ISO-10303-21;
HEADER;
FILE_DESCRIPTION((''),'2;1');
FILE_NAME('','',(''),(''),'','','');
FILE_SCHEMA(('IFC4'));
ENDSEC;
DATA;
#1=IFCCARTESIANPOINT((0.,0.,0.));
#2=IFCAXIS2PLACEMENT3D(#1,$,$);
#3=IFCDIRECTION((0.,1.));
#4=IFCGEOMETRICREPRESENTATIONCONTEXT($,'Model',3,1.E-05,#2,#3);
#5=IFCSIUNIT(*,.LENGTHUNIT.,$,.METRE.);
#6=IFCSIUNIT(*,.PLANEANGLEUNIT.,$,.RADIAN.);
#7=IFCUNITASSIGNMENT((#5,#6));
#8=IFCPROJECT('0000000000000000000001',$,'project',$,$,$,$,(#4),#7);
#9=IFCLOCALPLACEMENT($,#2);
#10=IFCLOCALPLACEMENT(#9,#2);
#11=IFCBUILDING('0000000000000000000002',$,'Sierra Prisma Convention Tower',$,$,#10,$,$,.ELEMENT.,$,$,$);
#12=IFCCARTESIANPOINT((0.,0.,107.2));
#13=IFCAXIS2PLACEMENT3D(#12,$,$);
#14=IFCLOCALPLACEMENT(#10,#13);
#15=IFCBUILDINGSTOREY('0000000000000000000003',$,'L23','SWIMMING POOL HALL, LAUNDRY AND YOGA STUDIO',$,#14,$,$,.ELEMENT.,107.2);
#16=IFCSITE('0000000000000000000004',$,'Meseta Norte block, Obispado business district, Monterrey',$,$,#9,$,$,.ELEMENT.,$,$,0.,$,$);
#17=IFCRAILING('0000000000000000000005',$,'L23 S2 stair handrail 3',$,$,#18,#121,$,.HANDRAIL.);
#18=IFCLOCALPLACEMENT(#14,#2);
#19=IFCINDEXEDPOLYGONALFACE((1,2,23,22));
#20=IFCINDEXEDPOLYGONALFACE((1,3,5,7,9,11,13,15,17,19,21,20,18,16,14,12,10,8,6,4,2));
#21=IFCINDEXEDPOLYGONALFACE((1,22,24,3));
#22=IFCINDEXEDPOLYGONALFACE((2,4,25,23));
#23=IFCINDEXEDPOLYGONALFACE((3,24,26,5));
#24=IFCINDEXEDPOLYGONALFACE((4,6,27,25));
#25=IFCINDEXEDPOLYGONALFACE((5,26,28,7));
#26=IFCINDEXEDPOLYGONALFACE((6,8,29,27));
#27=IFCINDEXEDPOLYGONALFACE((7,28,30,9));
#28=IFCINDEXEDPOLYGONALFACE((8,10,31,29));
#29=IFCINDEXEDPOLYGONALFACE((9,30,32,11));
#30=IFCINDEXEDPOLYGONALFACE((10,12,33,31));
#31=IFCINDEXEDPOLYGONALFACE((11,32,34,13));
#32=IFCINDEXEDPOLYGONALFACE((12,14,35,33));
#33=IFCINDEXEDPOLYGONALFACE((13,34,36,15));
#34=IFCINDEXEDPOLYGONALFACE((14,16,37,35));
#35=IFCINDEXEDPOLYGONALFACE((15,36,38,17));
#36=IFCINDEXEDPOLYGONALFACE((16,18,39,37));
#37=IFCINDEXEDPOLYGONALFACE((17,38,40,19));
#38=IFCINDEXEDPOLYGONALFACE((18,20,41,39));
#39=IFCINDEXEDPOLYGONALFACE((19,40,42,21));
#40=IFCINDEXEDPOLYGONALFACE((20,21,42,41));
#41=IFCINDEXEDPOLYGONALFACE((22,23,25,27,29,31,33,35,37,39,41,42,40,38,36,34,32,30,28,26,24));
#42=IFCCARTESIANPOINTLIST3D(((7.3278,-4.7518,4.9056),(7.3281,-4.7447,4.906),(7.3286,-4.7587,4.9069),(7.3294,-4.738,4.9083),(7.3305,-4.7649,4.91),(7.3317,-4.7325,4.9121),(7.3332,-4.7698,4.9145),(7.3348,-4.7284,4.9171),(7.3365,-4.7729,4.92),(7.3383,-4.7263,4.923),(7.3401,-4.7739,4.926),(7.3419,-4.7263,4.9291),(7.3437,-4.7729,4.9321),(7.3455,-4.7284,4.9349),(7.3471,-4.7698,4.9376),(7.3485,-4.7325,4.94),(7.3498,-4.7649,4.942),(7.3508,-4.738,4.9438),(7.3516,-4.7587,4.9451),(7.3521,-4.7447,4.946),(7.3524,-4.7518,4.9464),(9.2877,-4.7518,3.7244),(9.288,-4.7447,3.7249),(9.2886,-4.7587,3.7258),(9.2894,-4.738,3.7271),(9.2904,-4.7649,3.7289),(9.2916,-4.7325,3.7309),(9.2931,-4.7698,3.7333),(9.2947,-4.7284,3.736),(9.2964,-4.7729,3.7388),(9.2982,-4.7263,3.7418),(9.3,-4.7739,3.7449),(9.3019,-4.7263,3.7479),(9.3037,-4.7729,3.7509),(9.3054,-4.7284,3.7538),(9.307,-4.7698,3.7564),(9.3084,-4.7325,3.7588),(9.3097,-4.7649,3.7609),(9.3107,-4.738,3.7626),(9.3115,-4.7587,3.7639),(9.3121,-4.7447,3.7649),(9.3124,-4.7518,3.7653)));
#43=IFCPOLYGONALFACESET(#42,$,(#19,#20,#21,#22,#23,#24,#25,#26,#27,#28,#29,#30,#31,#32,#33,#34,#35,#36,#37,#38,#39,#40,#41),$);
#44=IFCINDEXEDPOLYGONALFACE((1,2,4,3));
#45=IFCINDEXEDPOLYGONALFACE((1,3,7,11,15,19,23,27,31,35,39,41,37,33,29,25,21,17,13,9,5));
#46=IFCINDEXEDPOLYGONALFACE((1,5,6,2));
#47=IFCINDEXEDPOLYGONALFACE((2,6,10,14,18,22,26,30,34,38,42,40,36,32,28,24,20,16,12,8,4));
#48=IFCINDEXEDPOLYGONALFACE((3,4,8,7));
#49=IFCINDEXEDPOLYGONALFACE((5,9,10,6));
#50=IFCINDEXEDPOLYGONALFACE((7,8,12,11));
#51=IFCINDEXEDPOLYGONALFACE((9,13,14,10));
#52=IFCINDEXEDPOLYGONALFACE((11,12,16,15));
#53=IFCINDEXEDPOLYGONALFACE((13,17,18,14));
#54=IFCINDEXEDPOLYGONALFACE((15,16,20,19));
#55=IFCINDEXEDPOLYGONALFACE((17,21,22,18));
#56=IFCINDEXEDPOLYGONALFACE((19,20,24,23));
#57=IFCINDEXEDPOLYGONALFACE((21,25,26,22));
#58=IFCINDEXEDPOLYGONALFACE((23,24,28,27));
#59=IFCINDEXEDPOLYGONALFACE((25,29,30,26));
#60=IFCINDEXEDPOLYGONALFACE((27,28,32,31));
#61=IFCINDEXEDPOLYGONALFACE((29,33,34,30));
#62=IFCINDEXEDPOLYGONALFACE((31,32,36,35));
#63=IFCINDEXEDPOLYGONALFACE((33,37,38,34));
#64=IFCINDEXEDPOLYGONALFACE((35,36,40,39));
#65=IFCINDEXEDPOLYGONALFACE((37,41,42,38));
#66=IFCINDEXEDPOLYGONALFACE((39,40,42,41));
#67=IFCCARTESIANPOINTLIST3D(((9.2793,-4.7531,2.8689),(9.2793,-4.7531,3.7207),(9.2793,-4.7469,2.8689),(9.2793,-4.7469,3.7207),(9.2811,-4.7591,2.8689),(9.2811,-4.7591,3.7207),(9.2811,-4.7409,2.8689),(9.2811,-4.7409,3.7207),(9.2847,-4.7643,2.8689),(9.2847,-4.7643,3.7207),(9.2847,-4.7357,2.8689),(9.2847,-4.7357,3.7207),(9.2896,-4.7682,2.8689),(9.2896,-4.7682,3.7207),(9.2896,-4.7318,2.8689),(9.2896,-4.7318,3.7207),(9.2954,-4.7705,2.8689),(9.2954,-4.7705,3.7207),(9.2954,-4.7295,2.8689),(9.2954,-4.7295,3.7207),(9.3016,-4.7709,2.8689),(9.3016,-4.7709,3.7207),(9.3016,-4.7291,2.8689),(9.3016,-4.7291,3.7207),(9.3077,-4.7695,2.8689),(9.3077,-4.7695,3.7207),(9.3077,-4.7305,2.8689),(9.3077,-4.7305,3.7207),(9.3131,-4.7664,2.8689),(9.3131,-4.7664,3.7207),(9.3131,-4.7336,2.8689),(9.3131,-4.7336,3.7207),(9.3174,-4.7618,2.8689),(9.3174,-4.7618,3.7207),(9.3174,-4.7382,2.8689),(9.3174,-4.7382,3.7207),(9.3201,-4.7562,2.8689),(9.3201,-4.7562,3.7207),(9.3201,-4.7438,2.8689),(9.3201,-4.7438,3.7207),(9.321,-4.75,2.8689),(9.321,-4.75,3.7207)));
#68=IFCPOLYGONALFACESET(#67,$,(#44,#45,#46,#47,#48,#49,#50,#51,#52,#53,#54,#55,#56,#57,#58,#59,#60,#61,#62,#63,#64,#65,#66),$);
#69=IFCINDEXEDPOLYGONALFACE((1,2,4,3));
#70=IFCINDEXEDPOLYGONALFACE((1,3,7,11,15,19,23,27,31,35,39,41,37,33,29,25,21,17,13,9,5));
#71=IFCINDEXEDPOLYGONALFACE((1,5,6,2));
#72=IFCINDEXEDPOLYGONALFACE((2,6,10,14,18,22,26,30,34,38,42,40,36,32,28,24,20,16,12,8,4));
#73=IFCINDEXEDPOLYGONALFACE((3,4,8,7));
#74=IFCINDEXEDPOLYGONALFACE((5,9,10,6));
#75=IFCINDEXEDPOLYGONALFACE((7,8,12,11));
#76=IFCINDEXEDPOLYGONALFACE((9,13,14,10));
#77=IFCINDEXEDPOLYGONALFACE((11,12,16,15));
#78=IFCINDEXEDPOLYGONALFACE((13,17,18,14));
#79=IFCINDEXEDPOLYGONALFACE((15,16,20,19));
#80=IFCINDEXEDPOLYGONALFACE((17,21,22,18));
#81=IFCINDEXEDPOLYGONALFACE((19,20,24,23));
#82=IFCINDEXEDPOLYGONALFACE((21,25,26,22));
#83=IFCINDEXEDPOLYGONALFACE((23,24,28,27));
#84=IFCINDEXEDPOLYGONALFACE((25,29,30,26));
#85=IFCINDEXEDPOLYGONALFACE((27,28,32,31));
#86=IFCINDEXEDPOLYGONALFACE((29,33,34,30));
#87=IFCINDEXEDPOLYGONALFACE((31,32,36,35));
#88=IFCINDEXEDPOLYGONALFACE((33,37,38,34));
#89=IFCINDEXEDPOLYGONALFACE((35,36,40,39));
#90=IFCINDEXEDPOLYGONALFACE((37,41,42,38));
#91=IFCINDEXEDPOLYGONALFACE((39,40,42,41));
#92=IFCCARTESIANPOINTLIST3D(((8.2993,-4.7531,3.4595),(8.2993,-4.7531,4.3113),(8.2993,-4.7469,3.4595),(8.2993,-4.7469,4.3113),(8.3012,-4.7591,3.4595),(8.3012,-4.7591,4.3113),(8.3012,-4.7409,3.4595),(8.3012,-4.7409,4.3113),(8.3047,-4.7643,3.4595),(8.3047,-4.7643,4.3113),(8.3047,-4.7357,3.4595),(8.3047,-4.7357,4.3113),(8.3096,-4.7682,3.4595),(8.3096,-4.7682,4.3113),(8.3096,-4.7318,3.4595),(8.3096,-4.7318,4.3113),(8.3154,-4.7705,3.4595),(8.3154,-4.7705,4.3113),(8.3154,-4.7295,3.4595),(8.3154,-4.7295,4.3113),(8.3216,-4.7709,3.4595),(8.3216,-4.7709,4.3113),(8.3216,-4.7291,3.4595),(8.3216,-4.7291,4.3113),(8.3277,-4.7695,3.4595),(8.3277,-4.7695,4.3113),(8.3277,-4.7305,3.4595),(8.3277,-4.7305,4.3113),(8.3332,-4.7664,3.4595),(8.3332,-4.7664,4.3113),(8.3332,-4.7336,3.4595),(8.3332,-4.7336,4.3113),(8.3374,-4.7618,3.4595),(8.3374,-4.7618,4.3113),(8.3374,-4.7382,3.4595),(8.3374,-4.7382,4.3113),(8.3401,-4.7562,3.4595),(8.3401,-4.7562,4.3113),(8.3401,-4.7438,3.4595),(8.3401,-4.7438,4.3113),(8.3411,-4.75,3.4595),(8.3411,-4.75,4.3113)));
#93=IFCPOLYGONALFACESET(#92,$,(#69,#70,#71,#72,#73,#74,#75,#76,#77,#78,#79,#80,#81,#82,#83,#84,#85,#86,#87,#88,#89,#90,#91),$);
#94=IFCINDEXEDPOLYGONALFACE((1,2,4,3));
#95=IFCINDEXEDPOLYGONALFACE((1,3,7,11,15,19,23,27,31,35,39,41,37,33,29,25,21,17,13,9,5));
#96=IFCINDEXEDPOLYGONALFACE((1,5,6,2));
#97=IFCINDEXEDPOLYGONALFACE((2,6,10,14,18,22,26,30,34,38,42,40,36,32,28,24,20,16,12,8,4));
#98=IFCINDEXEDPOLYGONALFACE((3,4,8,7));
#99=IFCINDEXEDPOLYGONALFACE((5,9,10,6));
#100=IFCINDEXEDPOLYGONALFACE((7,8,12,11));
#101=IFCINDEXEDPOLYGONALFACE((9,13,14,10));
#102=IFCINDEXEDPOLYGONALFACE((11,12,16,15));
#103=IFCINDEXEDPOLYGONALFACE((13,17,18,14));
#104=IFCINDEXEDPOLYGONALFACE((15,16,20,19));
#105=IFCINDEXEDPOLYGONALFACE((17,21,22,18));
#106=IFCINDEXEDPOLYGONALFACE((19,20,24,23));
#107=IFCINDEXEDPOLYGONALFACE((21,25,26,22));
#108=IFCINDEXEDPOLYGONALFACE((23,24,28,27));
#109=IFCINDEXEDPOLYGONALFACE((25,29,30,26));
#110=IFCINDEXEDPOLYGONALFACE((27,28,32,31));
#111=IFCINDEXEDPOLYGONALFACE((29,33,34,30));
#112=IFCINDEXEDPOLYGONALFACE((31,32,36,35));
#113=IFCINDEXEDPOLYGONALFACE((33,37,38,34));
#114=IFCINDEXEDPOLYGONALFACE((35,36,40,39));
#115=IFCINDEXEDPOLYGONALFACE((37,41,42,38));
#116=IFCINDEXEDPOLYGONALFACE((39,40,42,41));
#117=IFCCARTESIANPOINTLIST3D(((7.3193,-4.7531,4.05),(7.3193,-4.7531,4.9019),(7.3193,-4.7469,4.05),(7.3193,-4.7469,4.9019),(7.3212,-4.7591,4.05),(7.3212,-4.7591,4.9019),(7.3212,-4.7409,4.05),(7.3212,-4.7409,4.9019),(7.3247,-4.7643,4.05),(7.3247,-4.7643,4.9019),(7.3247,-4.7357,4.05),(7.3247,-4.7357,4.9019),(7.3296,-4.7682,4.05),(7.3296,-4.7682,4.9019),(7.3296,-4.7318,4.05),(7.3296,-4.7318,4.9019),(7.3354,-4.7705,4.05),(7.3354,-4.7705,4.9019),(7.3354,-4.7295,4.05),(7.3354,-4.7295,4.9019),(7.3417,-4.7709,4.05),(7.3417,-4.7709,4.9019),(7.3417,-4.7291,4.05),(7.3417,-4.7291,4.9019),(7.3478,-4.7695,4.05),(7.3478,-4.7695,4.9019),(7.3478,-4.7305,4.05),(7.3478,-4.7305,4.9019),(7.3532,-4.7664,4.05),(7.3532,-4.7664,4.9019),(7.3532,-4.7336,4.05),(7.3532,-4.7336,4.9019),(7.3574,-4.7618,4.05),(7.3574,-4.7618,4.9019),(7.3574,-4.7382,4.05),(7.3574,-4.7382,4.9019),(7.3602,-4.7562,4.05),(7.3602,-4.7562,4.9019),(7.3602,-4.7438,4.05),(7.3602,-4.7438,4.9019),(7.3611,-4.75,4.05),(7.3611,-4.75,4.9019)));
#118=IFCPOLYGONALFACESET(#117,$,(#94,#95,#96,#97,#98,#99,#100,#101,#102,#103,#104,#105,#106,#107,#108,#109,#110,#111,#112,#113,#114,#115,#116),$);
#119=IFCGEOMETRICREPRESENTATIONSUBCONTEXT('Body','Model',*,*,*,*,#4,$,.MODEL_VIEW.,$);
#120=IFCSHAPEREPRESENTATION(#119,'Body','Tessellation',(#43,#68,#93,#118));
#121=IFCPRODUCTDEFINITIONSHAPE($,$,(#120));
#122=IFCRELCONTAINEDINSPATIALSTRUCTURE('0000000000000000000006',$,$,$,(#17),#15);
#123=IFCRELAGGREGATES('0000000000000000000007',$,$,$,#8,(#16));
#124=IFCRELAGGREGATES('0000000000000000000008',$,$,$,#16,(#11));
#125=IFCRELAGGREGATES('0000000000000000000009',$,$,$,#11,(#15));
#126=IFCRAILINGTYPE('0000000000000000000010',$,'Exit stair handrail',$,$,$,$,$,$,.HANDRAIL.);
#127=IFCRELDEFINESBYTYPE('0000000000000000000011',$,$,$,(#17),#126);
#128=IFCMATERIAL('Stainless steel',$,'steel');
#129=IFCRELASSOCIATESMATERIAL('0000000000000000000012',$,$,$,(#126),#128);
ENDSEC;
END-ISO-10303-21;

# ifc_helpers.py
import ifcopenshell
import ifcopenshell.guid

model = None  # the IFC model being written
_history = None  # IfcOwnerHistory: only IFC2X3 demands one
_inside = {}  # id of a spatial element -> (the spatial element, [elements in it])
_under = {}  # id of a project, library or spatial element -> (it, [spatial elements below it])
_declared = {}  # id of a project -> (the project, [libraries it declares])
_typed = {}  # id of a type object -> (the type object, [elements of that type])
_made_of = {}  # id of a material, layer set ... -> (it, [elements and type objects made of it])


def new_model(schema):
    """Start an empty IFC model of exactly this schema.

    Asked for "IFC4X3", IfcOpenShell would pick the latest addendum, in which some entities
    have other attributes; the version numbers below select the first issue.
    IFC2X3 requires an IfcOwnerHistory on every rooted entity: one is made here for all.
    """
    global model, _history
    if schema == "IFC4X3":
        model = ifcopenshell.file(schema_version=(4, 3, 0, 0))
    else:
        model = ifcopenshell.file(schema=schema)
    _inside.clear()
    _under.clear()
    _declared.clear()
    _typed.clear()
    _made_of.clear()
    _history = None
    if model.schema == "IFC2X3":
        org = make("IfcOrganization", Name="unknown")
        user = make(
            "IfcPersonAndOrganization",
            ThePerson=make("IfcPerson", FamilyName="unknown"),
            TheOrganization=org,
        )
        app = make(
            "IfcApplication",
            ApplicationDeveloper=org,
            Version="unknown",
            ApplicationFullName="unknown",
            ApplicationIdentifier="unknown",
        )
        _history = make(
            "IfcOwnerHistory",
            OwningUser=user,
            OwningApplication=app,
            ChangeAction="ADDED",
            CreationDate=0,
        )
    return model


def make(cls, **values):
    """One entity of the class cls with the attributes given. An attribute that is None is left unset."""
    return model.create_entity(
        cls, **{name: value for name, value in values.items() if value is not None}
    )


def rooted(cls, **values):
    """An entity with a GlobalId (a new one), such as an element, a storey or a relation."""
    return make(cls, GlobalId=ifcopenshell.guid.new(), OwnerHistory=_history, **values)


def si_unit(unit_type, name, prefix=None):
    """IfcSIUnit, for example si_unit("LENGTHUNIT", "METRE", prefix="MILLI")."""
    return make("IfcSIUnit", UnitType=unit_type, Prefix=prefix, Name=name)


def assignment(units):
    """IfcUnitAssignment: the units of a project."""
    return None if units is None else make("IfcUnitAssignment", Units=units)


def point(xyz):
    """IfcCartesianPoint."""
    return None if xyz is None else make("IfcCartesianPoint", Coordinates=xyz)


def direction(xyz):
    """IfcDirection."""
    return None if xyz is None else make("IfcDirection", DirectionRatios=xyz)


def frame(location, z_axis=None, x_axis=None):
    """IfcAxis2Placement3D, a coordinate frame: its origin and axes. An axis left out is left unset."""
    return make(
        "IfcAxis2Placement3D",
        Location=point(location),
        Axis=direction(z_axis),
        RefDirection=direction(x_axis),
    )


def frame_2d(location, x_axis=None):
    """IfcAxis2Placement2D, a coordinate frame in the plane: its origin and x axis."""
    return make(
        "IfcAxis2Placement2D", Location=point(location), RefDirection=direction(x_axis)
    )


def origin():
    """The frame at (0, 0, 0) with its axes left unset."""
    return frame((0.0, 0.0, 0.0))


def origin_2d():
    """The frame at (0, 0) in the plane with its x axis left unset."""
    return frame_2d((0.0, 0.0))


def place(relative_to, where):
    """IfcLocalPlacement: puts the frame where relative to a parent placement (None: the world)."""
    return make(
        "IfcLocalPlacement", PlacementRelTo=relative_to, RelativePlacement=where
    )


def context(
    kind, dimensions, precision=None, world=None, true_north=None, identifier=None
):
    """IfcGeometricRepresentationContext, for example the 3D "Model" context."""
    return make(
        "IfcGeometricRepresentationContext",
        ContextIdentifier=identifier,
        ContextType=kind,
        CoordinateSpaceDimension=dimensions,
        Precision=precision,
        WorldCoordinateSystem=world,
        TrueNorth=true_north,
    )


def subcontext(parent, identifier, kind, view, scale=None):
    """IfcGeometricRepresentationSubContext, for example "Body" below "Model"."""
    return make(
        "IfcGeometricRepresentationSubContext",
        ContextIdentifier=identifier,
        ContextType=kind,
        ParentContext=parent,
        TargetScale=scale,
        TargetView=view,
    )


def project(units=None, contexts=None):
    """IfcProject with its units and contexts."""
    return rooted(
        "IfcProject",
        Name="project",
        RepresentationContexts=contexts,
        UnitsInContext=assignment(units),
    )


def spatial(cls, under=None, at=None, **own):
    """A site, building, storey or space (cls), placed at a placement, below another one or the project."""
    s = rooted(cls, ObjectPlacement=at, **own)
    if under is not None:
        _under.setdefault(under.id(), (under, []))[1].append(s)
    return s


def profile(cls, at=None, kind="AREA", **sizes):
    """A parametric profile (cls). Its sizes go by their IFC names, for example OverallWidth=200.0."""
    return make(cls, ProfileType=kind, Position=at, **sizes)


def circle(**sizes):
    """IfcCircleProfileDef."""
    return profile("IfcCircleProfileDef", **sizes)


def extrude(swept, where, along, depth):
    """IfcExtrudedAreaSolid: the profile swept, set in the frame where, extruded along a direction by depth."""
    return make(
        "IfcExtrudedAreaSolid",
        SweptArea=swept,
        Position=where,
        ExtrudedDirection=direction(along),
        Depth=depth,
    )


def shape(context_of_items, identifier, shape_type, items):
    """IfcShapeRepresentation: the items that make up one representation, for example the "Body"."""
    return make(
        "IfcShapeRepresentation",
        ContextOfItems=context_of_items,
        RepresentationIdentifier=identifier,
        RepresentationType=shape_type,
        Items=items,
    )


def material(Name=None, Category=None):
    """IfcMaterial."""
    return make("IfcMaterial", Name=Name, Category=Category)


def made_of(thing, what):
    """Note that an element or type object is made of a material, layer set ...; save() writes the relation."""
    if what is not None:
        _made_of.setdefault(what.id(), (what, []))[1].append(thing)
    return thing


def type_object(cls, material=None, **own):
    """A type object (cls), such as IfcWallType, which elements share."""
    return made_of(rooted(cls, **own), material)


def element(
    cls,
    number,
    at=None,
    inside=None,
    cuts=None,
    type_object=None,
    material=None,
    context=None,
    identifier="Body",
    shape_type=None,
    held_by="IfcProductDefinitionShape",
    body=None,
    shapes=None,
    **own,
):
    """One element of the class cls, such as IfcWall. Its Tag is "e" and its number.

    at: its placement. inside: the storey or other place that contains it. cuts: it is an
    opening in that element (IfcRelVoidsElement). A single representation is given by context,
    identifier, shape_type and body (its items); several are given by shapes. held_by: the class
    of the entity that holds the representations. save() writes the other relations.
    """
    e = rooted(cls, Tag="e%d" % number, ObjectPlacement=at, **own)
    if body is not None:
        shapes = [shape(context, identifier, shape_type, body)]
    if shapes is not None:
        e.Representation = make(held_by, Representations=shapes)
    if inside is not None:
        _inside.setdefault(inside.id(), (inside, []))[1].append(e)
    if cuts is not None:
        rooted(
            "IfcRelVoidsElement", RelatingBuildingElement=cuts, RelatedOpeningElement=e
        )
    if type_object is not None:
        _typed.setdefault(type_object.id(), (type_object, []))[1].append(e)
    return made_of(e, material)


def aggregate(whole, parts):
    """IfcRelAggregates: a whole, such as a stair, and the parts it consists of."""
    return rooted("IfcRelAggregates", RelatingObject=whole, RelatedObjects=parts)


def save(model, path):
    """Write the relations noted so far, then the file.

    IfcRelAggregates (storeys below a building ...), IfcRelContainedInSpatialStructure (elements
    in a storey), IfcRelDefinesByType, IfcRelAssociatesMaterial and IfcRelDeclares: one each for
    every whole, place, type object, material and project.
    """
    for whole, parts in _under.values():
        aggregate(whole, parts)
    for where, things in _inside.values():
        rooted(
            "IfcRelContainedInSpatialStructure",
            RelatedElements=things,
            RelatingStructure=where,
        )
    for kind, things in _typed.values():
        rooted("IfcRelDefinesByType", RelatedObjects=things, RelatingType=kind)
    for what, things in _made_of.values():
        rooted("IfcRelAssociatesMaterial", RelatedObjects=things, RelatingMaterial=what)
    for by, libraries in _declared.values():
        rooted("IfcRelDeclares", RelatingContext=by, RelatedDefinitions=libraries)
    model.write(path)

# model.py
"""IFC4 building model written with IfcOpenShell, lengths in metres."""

from ifc_helpers import new_model, si_unit, direction, frame, origin, origin_2d, place, context, subcontext, project, spatial, circle, extrude, material, type_object, element, save


model = new_model("IFC4")

# Units and contexts
model_context = context("Model", 3, precision=1e-05, world=origin(), true_north=direction((0.0, 1.0)))
body_context = subcontext(model_context, "Body", "Model", "MODEL_VIEW")
ifc_project = project(units=[si_unit("LENGTHUNIT", "METRE"), si_unit("PLANEANGLEUNIT", "RADIAN")], contexts=[model_context])

# Site, building, storey
site_placement = place(None, origin())
site = spatial("IfcSite", under=ifc_project, at=site_placement, Name="Meseta Norte block, Obispado business district, Monterrey", CompositionType="ELEMENT", RefElevation=0.0)
building_placement = place(site_placement, origin())
building = spatial("IfcBuilding", under=site, at=building_placement, Name="Sierra Prisma Convention Tower", CompositionType="ELEMENT")
storey_placement = place(building_placement, frame((0.0, 0.0, 107.2)))
storey = spatial("IfcBuildingStorey", under=building, at=storey_placement, Name="L23", Description="SWIMMING POOL HALL, LAUNDRY AND YOGA STUDIO", CompositionType="ELEMENT", Elevation=107.2)

# Railing
ifc_material_1 = material(Name="Stainless steel", Category="steel")
railing_type_1 = type_object("IfcRailingType", Name="Exit stair handrail", PredefinedType="HANDRAIL", material=ifc_material_1)
railing_1_placement = place(storey_placement, frame((9.3, -4.75, 2.8689)))
element("IfcRailing", 1, at=railing_1_placement, inside=storey, type_object=railing_type_1, Name="L23 S2 stair handrail 3", PredefinedType="HANDRAIL", context=body_context, shape_type="SweptSolid", body=[
    extrude(circle(Radius=0.0239, at=origin_2d()), frame((0.0, 0.0, 0.876), z_axis=(-0.856493, 0.0, 0.516158), x_axis=(0.0, -1.0, 0.0)), (0.0, 0.0, 1.0), 2.2883),
    extrude(circle(Radius=0.021, at=origin_2d()), origin(), (0.0, 0.0, 1.0), 0.8518),
    extrude(circle(Radius=0.021, at=origin_2d()), frame((-0.98, 0.0, 0.5906)), (0.0, 0.0, 1.0), 0.8518),
    extrude(circle(Radius=0.021, at=origin_2d()), frame((-1.96, 0.0, 1.1812)), (0.0, 0.0, 1.0), 0.8518),
])

save(model, "model.ifc")
